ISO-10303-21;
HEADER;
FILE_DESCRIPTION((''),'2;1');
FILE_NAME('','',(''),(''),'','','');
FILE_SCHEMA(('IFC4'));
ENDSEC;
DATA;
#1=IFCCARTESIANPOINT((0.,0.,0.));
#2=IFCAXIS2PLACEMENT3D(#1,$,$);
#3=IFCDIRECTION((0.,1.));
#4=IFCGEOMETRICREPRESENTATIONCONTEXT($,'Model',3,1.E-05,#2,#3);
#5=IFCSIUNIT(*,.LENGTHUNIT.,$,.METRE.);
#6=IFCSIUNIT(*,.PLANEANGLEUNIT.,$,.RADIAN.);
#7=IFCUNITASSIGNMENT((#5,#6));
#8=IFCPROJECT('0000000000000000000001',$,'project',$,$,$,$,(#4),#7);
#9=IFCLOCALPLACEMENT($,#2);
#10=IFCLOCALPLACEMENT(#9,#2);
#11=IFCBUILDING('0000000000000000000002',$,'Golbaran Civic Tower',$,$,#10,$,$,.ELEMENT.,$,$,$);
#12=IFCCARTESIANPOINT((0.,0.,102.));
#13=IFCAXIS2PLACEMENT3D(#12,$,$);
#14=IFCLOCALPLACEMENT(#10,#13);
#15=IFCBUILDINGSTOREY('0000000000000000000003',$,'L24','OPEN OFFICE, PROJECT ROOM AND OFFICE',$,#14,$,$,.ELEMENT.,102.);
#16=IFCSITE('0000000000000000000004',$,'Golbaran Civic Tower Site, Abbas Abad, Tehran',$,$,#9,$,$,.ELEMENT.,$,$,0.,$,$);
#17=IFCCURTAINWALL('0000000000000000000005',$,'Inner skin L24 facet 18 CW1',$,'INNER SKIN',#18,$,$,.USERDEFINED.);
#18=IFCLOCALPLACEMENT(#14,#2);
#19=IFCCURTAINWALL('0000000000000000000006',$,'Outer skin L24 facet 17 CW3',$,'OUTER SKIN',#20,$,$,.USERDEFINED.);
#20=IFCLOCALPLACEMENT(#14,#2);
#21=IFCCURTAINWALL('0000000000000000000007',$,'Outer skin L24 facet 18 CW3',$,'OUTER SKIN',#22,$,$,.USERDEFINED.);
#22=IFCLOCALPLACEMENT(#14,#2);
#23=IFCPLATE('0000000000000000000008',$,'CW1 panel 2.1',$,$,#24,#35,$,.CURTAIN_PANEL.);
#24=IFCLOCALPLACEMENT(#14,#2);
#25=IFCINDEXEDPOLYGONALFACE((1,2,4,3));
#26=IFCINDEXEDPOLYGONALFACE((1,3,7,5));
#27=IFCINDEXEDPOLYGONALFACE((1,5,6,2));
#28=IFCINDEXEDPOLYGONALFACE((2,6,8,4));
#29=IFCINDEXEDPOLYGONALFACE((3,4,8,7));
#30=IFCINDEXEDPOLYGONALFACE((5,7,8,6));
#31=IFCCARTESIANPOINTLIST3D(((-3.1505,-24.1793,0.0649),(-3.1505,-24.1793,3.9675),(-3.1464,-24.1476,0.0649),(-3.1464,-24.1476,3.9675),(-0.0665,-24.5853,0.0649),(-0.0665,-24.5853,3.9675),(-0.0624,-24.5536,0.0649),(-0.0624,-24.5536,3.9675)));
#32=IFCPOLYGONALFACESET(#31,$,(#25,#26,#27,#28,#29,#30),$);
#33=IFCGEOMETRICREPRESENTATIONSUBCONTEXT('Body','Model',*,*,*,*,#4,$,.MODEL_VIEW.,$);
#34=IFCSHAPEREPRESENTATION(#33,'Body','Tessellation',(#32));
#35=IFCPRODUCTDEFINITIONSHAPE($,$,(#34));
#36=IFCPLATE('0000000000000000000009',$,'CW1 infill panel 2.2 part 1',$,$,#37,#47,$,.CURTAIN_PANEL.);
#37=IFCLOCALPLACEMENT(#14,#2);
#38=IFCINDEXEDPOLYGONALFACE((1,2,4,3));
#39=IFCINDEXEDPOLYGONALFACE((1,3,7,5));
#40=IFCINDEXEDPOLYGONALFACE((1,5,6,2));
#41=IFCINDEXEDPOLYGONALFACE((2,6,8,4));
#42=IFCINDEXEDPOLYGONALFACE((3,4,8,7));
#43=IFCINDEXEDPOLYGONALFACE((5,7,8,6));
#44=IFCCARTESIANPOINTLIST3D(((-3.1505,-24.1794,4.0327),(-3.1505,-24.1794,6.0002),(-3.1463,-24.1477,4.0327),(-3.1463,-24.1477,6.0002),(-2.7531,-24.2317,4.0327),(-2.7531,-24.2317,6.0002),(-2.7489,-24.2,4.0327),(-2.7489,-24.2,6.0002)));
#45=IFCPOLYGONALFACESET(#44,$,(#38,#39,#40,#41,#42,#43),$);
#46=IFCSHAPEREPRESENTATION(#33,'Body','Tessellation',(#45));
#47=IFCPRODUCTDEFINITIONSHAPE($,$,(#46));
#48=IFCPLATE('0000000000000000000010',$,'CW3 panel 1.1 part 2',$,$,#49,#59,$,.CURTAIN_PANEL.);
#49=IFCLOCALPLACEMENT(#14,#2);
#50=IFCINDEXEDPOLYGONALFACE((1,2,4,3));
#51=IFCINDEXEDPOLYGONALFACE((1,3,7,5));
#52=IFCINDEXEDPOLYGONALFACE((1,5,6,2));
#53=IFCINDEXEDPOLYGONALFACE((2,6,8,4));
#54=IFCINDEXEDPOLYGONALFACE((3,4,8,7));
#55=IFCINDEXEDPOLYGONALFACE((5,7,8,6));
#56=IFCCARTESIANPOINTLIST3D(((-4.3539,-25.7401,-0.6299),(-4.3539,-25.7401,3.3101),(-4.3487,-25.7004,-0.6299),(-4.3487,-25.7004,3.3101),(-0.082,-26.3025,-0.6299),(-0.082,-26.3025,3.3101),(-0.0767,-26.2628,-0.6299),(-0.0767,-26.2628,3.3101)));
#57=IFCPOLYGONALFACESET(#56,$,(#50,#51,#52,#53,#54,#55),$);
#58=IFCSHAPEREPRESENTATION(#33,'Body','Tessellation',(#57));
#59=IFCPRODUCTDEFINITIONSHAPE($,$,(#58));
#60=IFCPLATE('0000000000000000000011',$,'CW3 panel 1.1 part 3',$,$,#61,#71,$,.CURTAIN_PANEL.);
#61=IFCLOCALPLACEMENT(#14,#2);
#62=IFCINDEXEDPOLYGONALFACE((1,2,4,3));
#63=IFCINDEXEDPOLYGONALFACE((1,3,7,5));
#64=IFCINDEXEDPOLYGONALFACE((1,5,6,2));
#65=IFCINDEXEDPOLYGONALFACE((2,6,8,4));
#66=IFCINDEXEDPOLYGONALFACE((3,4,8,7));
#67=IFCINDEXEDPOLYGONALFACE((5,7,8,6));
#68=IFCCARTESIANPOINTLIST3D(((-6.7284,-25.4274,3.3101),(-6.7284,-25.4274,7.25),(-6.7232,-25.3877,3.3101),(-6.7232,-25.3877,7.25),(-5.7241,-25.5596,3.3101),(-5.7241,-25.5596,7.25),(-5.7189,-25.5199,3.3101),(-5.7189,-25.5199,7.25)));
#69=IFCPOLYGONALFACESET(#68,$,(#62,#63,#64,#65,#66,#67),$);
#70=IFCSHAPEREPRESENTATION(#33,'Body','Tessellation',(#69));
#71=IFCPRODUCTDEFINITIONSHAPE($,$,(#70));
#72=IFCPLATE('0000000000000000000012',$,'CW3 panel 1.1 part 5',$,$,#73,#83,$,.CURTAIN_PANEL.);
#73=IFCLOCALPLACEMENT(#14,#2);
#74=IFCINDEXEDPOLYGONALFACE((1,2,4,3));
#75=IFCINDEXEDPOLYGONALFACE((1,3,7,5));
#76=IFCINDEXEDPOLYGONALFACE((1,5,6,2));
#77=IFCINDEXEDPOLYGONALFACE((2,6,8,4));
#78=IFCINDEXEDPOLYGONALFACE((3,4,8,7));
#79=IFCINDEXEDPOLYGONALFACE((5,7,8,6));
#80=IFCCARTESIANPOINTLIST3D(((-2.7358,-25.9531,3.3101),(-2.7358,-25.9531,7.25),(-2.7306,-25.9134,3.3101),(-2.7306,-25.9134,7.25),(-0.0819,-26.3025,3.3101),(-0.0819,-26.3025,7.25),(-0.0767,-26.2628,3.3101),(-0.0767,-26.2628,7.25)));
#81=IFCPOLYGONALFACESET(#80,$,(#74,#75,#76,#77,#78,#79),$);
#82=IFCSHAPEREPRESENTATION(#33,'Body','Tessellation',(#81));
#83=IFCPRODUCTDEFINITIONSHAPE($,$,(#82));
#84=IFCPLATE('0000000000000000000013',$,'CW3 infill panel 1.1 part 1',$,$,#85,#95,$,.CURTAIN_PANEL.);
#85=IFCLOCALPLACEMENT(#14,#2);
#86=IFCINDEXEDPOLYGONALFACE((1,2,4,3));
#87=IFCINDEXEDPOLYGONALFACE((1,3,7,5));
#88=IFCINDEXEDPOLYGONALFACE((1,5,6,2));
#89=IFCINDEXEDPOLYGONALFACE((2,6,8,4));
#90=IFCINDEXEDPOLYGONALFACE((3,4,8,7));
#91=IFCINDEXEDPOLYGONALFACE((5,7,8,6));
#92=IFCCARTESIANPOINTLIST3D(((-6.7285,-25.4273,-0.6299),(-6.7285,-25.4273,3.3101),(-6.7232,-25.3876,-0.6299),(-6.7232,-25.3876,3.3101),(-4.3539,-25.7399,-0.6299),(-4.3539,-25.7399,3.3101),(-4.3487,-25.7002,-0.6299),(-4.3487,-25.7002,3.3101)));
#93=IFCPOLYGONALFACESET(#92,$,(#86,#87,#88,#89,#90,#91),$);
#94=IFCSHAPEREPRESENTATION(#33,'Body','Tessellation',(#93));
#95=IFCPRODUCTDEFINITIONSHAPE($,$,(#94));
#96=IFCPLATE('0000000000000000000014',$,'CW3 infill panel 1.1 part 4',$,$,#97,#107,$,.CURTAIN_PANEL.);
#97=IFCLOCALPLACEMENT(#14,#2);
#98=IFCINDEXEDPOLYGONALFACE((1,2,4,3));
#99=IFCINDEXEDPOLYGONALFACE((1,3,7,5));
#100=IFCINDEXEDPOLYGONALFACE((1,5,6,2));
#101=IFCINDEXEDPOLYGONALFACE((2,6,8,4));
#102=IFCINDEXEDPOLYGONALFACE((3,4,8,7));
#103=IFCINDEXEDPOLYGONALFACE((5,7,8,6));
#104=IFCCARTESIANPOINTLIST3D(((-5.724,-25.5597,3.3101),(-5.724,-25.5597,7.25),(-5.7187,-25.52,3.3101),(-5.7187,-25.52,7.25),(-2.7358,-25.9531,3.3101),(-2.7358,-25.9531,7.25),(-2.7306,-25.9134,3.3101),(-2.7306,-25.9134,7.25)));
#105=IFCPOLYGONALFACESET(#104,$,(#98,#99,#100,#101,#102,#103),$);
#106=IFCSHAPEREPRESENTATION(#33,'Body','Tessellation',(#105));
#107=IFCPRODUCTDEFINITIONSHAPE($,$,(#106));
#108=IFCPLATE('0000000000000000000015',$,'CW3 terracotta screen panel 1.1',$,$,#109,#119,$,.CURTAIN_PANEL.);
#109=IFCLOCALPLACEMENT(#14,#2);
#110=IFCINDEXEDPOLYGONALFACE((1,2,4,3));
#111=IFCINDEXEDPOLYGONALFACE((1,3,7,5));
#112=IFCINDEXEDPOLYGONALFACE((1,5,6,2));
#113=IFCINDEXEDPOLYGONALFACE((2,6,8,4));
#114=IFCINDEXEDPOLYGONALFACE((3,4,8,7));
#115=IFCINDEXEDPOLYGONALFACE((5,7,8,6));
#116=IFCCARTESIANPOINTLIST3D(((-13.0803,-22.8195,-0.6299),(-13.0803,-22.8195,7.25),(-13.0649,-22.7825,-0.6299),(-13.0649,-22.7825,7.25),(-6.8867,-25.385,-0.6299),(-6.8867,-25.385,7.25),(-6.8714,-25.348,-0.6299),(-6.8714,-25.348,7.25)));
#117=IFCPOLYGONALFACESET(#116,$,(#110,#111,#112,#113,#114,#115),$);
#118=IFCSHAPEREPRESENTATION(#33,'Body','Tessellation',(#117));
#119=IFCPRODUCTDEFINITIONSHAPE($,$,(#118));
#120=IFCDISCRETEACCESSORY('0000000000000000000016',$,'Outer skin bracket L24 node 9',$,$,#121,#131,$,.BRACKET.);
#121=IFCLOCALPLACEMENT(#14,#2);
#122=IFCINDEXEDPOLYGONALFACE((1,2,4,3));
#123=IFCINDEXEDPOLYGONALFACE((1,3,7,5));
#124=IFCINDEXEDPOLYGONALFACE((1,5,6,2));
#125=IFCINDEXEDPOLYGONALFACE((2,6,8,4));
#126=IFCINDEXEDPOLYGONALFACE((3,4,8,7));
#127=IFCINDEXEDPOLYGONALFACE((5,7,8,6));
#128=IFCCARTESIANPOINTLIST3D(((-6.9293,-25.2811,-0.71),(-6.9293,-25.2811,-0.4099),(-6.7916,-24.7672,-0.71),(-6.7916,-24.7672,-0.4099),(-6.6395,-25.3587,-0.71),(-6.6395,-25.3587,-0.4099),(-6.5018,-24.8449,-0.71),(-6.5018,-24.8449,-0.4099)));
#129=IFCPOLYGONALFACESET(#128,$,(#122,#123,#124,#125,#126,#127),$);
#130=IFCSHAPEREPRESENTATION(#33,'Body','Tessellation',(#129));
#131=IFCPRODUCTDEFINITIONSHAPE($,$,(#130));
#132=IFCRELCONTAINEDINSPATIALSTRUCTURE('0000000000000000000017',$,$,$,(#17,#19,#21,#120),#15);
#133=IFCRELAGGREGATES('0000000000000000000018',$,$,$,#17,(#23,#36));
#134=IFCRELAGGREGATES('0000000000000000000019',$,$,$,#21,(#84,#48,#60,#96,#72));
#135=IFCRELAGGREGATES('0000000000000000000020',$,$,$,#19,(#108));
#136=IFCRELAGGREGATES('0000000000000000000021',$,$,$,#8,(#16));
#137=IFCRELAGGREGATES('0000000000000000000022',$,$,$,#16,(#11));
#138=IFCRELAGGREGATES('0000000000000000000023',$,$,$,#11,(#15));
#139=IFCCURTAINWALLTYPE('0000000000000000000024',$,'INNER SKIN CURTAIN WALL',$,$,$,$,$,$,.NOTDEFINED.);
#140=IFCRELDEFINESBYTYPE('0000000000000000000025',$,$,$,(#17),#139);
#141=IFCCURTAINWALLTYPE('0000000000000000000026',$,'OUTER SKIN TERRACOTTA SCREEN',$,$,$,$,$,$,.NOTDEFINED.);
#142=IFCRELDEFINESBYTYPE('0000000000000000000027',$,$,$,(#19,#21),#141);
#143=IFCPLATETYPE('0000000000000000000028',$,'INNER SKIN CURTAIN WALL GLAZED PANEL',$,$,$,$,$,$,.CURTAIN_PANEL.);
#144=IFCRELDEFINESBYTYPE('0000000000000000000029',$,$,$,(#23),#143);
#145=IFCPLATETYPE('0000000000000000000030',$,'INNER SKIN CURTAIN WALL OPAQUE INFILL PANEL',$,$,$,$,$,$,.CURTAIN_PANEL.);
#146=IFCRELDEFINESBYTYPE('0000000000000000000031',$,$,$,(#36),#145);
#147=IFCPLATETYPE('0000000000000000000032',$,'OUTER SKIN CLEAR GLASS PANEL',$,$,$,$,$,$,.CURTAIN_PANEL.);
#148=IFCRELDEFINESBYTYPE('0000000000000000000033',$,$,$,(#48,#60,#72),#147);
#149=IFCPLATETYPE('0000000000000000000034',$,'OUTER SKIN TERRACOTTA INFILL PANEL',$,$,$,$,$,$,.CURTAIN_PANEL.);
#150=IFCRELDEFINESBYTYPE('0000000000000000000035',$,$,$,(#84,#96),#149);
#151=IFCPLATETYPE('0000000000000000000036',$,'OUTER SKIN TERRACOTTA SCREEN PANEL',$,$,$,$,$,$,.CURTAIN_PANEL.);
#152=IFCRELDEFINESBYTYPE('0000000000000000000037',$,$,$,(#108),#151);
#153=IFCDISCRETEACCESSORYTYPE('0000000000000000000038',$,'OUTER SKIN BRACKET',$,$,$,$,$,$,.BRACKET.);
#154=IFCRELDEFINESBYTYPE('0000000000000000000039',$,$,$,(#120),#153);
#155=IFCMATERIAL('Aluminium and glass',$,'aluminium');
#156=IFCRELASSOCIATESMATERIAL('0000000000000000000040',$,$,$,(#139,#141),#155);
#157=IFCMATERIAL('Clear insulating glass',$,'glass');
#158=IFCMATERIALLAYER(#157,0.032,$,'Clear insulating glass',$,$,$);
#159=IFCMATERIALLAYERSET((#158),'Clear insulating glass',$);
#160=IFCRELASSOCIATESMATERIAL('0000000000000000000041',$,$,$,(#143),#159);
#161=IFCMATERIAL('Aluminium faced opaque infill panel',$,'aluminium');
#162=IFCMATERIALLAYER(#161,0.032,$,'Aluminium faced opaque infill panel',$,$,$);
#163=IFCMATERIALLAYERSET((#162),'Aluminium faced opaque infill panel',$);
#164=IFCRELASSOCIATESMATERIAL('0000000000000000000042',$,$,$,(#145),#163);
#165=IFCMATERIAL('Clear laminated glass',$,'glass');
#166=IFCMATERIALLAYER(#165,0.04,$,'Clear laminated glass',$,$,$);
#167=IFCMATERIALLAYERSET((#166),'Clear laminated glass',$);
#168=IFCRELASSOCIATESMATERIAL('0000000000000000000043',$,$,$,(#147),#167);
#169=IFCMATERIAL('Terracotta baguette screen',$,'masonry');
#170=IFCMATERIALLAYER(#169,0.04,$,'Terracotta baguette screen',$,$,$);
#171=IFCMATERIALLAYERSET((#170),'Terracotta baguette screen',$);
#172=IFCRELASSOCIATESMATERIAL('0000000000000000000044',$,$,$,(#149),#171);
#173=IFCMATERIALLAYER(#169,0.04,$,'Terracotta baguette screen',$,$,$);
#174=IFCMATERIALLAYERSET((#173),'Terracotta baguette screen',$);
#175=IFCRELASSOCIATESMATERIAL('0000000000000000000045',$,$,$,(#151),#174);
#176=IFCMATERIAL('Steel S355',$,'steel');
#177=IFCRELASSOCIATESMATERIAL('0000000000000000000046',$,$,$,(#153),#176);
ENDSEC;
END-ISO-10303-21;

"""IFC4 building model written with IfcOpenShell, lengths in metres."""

from ifc_helpers import new_model, si_unit, direction, frame, origin, origin_2d, place, context, subcontext, project, spatial, rectangle, extrude, material, layer, layer_set, type_object, element, aggregate, save


model = new_model("IFC4")

# Units and contexts
model_context = context("Model", 3, precision=1e-05, world=origin(), true_north=direction((0.0, 1.0)))
body_context = subcontext(model_context, "Body", "Model", "MODEL_VIEW")
ifc_project = project(units=[si_unit("LENGTHUNIT", "METRE"), si_unit("PLANEANGLEUNIT", "RADIAN")], contexts=[model_context])

# Site, building, storey
site_placement = place(None, origin())
site = spatial("IfcSite", under=ifc_project, at=site_placement, Name="Golbaran Civic Tower Site, Abbas Abad, Tehran", CompositionType="ELEMENT", RefElevation=0.0)
building_placement = place(site_placement, origin())
building = spatial("IfcBuilding", under=site, at=building_placement, Name="Golbaran Civic Tower", CompositionType="ELEMENT")
storey_placement = place(building_placement, frame((0.0, 0.0, 102.0)))
storey = spatial("IfcBuildingStorey", under=building, at=storey_placement, Name="L24", Description="OPEN OFFICE, PROJECT ROOM AND OFFICE", CompositionType="ELEMENT", Elevation=102.0)

# Shared definitions
ifc_material_1 = material(Name="Steel S355", Category="steel")

# Curtain wall
ifc_material_2 = material(Name="Aluminium and glass", Category="aluminium")
curtain_wall_type_1 = type_object("IfcCurtainWallType", Name="INNER SKIN CURTAIN WALL", PredefinedType="NOTDEFINED", material=ifc_material_2)
curtain_wall_1_placement = place(storey_placement, origin())
curtain_wall_1 = element("IfcCurtainWall", 1, at=curtain_wall_1_placement, inside=storey, type_object=curtain_wall_type_1, Name="Inner skin L24 facet 18 CW1", ObjectType="INNER SKIN", PredefinedType="USERDEFINED")

# Curtain wall
curtain_wall_type_2 = type_object("IfcCurtainWallType", Name="OUTER SKIN TERRACOTTA SCREEN", PredefinedType="NOTDEFINED", material=ifc_material_2)
curtain_wall_2_placement = place(storey_placement, origin())
curtain_wall_2 = element("IfcCurtainWall", 2, at=curtain_wall_2_placement, inside=storey, type_object=curtain_wall_type_2, Name="Outer skin L24 facet 17 CW3", ObjectType="OUTER SKIN", PredefinedType="USERDEFINED")

# Curtain wall
curtain_wall_3_placement = place(storey_placement, origin())
curtain_wall_3 = element("IfcCurtainWall", 3, at=curtain_wall_3_placement, inside=storey, type_object=curtain_wall_type_2, Name="Outer skin L24 facet 18 CW3", ObjectType="OUTER SKIN", PredefinedType="USERDEFINED")

# Plates
ifc_material_3 = material(Name="Clear insulating glass", Category="glass")
ifc_layer_1 = layer(ifc_material_3, 0.032, Name="Clear insulating glass")
ifc_layer_set_1 = layer_set([ifc_layer_1], Name="Clear insulating glass")
plate_type_1 = type_object("IfcPlateType", Name="INNER SKIN CURTAIN WALL GLAZED PANEL", PredefinedType="CURTAIN_PANEL", material=ifc_layer_set_1)
plate_1_placement = place(storey_placement, frame((-1.6064, -24.3665, 0.0649), z_axis=(0.0, 0.0, 1.0), x_axis=(0.991445, -0.130526, 0.0)))
plate_1 = element("IfcPlate", 4, at=plate_1_placement, type_object=plate_type_1, Name="CW1 panel 2.1", PredefinedType="CURTAIN_PANEL", context=body_context, shape_type="SweptSolid", body=[
    extrude(rectangle(XDim=3.1106, YDim=0.032, at=origin_2d()), origin(), (0.0, 0.0, 1.0), 3.9026),
])
ifc_material_4 = material(Name="Aluminium faced opaque infill panel", Category="aluminium")
ifc_layer_2 = layer(ifc_material_4, 0.032, Name="Aluminium faced opaque infill panel")
ifc_layer_set_2 = layer_set([ifc_layer_2], Name="Aluminium faced opaque infill panel")
plate_type_2 = type_object("IfcPlateType", Name="INNER SKIN CURTAIN WALL OPAQUE INFILL PANEL", PredefinedType="CURTAIN_PANEL", material=ifc_layer_set_2)
plate_2_placement = place(storey_placement, frame((-2.9497, -24.1897, 4.0327), z_axis=(0.0, 0.0, 1.0), x_axis=(0.991445, -0.130526, 0.0)))
plate_2 = element("IfcPlate", 5, at=plate_2_placement, type_object=plate_type_2, Name="CW1 infill panel 2.2 part 1", PredefinedType="CURTAIN_PANEL", context=body_context, shape_type="SweptSolid", body=[
    extrude(rectangle(XDim=0.4009, YDim=0.032, at=origin_2d()), origin(), (0.0, 0.0, 1.0), 1.9675),
])
aggregate(curtain_wall_1, [plate_1, plate_2])
ifc_material_5 = material(Name="Clear laminated glass", Category="glass")
ifc_layer_3 = layer(ifc_material_5, 0.04, Name="Clear laminated glass")
ifc_layer_set_3 = layer_set([ifc_layer_3], Name="Clear laminated glass")
plate_type_3 = type_object("IfcPlateType", Name="OUTER SKIN CLEAR GLASS PANEL", PredefinedType="CURTAIN_PANEL", material=ifc_layer_set_3)
plate_3_placement = place(storey_placement, frame((-2.2153, -26.0015, -0.6299), z_axis=(0.0, 0.0, 1.0), x_axis=(0.991445, -0.130526, 0.0)))
plate_3 = element("IfcPlate", 6, at=plate_3_placement, type_object=plate_type_3, Name="CW3 panel 1.1 part 2", PredefinedType="CURTAIN_PANEL", context=body_context, shape_type="SweptSolid", body=[
    extrude(rectangle(XDim=4.3088, YDim=0.04, at=origin_2d()), origin(), (0.0, 0.0, 1.0), 3.9399),
])
plate_4_placement = place(storey_placement, frame((-6.2236, -25.4736, 3.3101), z_axis=(0.0, 0.0, 1.0), x_axis=(0.991445, -0.130526, 0.0)))
plate_4 = element("IfcPlate", 7, at=plate_4_placement, type_object=plate_type_3, Name="CW3 panel 1.1 part 3", PredefinedType="CURTAIN_PANEL", context=body_context, shape_type="SweptSolid", body=[
    extrude(rectangle(XDim=1.0129, YDim=0.04, at=origin_2d()), origin(), (0.0, 0.0, 1.0), 3.9399),
])
plate_5_placement = place(storey_placement, frame((-1.4062, -26.1079, 3.3101), z_axis=(0.0, 0.0, 1.0), x_axis=(0.991445, -0.130526, 0.0)))
plate_5 = element("IfcPlate", 8, at=plate_5_placement, type_object=plate_type_3, Name="CW3 panel 1.1 part 5", PredefinedType="CURTAIN_PANEL", context=body_context, shape_type="SweptSolid", body=[
    extrude(rectangle(XDim=2.6768, YDim=0.04, at=origin_2d()), origin(), (0.0, 0.0, 1.0), 3.9399),
])
ifc_material_6 = material(Name="Terracotta baguette screen", Category="masonry")
ifc_layer_4 = layer(ifc_material_6, 0.04, Name="Terracotta baguette screen")
ifc_layer_set_4 = layer_set([ifc_layer_4], Name="Terracotta baguette screen")
plate_type_4 = type_object("IfcPlateType", Name="OUTER SKIN TERRACOTTA INFILL PANEL", PredefinedType="CURTAIN_PANEL", material=ifc_layer_set_4)
plate_6_placement = place(storey_placement, frame((-5.5386, -25.5637, -0.6299), z_axis=(0.0, 0.0, 1.0), x_axis=(0.991445, -0.130526, 0.0)))
plate_6 = element("IfcPlate", 9, at=plate_6_placement, type_object=plate_type_4, Name="CW3 infill panel 1.1 part 1", PredefinedType="CURTAIN_PANEL", context=body_context, shape_type="SweptSolid", body=[
    extrude(rectangle(XDim=2.395, YDim=0.04, at=origin_2d()), origin(), (0.0, 0.0, 1.0), 3.9399),
])
plate_7_placement = place(storey_placement, frame((-4.2273, -25.7366, 3.3101), z_axis=(0.0, 0.0, 1.0), x_axis=(0.991445, -0.130526, 0.0)))
plate_7 = element("IfcPlate", 10, at=plate_7_placement, type_object=plate_type_4, Name="CW3 infill panel 1.1 part 4", PredefinedType="CURTAIN_PANEL", context=body_context, shape_type="SweptSolid", body=[
    extrude(rectangle(XDim=3.0139, YDim=0.04, at=origin_2d()), origin(), (0.0, 0.0, 1.0), 3.9399),
])
aggregate(curtain_wall_3, [plate_6, plate_3, plate_4, plate_7, plate_5])
ifc_layer_5 = layer(ifc_material_6, 0.04, Name="Terracotta baguette screen")
ifc_layer_set_5 = layer_set([ifc_layer_5], Name="Terracotta baguette screen")
plate_type_5 = type_object("IfcPlateType", Name="OUTER SKIN TERRACOTTA SCREEN PANEL", PredefinedType="CURTAIN_PANEL", material=ifc_layer_set_5)
plate_8_placement = place(storey_placement, frame((-9.9758, -24.0837, -0.6299), z_axis=(0.0, 0.0, 1.0), x_axis=(0.92388, -0.382683, 0.0)))
plate_8 = element("IfcPlate", 11, at=plate_8_placement, type_object=plate_type_5, Name="CW3 terracotta screen panel 1.1", PredefinedType="CURTAIN_PANEL", context=body_context, shape_type="SweptSolid", body=[
    extrude(rectangle(XDim=6.7039, YDim=0.04, at=origin_2d()), origin(), (0.0, 0.0, 1.0), 7.8799),
])
aggregate(curtain_wall_2, [plate_8])

# Discrete accessory
discrete_accessory_type = type_object("IfcDiscreteAccessoryType", Name="OUTER SKIN BRACKET", PredefinedType="BRACKET", material=ifc_material_1)
discrete_accessory_placement = place(storey_placement, frame((-6.7156, -25.063, -0.71), z_axis=(0.0, 0.0, 1.0), x_axis=(-0.258819, -0.965926, 0.0)))
element("IfcDiscreteAccessory", 12, at=discrete_accessory_placement, inside=storey, type_object=discrete_accessory_type, Name="Outer skin bracket L24 node 9", PredefinedType="BRACKET", context=body_context, shape_type="SweptSolid", body=[
    extrude(rectangle(XDim=0.532, YDim=0.3, at=origin_2d()), origin(), (0.0, 0.0, 1.0), 0.3),
])

save(model, "model.ifc")
